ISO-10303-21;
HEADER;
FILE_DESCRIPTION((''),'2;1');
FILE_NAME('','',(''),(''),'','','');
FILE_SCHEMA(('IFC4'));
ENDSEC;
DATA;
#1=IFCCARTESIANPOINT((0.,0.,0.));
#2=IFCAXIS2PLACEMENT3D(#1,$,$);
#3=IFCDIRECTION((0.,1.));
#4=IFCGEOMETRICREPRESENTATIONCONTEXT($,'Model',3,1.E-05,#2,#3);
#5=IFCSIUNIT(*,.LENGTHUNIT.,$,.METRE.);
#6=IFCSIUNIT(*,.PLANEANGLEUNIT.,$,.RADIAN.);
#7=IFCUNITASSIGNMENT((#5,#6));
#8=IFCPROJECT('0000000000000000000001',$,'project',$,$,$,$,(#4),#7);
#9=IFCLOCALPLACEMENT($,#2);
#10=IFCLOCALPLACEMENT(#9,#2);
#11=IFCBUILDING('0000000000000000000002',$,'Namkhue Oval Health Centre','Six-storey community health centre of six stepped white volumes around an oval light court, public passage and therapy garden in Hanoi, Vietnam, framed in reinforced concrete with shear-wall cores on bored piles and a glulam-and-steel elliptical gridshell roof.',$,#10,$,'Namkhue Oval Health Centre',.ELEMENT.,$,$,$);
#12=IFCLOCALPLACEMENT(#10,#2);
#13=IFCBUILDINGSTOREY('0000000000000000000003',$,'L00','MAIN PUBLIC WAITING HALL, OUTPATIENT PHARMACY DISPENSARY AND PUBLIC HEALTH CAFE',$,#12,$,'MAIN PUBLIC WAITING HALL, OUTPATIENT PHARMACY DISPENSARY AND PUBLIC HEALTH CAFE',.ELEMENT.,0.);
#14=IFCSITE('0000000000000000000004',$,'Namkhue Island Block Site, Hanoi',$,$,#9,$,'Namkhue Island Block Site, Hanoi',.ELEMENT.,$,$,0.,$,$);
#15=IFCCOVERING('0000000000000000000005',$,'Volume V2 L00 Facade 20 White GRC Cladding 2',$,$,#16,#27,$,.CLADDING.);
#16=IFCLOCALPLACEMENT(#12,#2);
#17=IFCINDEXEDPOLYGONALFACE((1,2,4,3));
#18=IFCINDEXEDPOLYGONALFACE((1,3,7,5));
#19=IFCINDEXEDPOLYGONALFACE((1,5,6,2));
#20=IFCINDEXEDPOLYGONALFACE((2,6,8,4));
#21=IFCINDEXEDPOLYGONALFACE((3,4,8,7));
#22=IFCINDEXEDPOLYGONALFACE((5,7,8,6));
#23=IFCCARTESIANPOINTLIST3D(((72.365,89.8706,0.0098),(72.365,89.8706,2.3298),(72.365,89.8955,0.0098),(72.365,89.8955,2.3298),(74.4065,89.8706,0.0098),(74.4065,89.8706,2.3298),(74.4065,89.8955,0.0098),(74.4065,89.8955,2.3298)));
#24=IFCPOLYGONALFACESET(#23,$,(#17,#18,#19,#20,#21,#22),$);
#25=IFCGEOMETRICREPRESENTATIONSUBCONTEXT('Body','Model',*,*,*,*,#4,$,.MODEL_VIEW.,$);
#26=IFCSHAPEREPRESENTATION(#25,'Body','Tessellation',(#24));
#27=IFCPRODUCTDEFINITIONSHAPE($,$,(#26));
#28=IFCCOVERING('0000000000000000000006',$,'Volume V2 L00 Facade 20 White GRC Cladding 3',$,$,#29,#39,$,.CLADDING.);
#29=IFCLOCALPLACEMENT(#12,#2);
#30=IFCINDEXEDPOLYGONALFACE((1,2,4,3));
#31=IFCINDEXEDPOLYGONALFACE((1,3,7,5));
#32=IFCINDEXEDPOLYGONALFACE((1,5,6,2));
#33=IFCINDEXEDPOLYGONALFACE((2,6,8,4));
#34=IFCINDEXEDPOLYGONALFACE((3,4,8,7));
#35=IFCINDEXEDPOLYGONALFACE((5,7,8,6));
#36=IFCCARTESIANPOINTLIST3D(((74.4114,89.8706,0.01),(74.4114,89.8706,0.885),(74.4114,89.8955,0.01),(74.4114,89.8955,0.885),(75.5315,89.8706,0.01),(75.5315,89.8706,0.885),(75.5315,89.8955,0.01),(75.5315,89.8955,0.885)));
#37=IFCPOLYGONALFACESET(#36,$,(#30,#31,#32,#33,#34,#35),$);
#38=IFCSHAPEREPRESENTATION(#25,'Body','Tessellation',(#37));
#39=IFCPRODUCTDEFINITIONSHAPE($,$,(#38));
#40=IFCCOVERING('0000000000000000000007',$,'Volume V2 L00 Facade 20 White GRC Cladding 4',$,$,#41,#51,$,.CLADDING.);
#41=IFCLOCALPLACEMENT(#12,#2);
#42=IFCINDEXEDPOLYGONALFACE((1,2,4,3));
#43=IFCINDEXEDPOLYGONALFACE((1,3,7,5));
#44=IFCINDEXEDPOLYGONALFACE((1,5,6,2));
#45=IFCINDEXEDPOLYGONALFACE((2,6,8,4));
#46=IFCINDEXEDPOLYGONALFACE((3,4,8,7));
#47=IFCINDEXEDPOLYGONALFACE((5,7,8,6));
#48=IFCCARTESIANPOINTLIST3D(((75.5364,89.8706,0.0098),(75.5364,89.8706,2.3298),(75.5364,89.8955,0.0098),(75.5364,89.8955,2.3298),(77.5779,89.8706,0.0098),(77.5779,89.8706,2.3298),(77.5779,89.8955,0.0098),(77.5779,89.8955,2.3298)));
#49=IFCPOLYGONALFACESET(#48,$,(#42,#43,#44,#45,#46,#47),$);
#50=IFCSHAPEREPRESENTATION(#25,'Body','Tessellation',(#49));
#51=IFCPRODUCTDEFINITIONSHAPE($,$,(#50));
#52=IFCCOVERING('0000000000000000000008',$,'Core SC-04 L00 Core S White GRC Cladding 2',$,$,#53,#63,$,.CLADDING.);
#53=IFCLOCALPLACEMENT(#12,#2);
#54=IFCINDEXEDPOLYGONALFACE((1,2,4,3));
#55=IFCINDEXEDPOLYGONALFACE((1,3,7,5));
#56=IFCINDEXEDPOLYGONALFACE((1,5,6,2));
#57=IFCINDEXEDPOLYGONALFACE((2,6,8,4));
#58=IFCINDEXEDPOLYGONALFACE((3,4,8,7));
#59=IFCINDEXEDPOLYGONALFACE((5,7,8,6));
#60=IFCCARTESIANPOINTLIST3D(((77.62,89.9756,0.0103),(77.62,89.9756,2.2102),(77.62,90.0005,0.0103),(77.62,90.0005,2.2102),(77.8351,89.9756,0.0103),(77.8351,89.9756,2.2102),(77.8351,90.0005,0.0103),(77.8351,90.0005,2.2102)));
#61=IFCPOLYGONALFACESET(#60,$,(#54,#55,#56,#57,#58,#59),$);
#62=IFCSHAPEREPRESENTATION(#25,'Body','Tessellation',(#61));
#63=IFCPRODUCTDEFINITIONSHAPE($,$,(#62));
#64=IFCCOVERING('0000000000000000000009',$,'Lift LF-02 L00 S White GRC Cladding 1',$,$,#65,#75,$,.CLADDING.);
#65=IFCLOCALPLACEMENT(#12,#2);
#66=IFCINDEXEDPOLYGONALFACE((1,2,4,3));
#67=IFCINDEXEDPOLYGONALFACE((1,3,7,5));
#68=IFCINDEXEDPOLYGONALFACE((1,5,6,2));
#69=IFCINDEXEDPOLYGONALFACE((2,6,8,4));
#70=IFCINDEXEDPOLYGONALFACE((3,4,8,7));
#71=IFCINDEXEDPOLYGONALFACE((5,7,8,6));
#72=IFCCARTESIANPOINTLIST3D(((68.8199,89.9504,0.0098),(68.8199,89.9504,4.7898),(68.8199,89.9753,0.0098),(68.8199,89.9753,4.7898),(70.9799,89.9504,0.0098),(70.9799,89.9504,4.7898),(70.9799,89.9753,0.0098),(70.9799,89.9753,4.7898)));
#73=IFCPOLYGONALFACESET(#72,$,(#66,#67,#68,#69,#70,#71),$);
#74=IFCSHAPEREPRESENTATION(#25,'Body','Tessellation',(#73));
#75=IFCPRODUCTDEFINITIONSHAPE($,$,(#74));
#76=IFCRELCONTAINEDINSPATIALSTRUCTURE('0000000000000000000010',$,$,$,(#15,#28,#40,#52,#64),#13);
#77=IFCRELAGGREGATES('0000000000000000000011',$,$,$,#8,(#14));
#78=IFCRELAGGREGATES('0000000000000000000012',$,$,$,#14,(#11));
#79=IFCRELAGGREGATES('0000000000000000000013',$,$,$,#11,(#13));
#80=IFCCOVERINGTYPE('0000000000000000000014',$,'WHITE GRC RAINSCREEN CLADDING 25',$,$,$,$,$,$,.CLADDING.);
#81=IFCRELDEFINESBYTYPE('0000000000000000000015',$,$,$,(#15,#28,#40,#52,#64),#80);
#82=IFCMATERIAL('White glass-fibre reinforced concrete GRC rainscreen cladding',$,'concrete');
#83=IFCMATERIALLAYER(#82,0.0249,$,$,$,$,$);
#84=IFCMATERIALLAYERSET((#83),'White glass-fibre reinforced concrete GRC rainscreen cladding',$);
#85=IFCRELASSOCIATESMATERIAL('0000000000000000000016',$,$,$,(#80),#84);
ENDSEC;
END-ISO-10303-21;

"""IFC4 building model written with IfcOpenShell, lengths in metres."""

from ifc_helpers import new_model, si_unit, direction, frame, origin, origin_2d, place, context, subcontext, project, spatial, rectangle, extrude, material, layer, layer_set, type_object, element, save


model = new_model("IFC4")

# Units and contexts
model_context = context("Model", 3, precision=1e-05, world=origin(), true_north=direction((0.0, 1.0)))
body_context = subcontext(model_context, "Body", "Model", "MODEL_VIEW")
ifc_project = project(units=[si_unit("LENGTHUNIT", "METRE"), si_unit("PLANEANGLEUNIT", "RADIAN")], contexts=[model_context])

# Site, building, storey
site_placement = place(None, origin())
site = spatial("IfcSite", under=ifc_project, at=site_placement, Name="Namkhue Island Block Site, Hanoi", LongName="Namkhue Island Block Site, Hanoi", CompositionType="ELEMENT", RefElevation=0.0)
building_placement = place(site_placement, origin())
building = spatial("IfcBuilding", under=site, at=building_placement, Name="Namkhue Oval Health Centre", Description="Six-storey community health centre of six stepped white volumes around an oval light court, public passage and therapy garden in Hanoi, Vietnam, framed in reinforced concrete with shear-wall cores on bored piles and a glulam-and-steel elliptical gridshell roof.", LongName="Namkhue Oval Health Centre", CompositionType="ELEMENT")
storey_placement = place(building_placement, origin())
storey = spatial("IfcBuildingStorey", under=building, at=storey_placement, Name="L00", Description="MAIN PUBLIC WAITING HALL, OUTPATIENT PHARMACY DISPENSARY AND PUBLIC HEALTH CAFE", LongName="MAIN PUBLIC WAITING HALL, OUTPATIENT PHARMACY DISPENSARY AND PUBLIC HEALTH CAFE", CompositionType="ELEMENT", Elevation=0.0)

# Coverings
ifc_material_1 = material(Name="White glass-fibre reinforced concrete GRC rainscreen cladding", Category="concrete")
ifc_layer_1 = layer(ifc_material_1, 0.0249)
ifc_layer_set_1 = layer_set([ifc_layer_1], Name="White glass-fibre reinforced concrete GRC rainscreen cladding")
covering_type = type_object("IfcCoveringType", Name="WHITE GRC RAINSCREEN CLADDING 25", PredefinedType="CLADDING", material=ifc_layer_set_1)
covering_1_placement = place(storey_placement, frame((73.3857, 89.8831, 0.0098), z_axis=(0.0, 0.0, 1.0), x_axis=(1.0, 0.0, 0.0)))
element("IfcCovering", 1, at=covering_1_placement, inside=storey, type_object=covering_type, Name="Volume V2 L00 Facade 20 White GRC Cladding 2", PredefinedType="CLADDING", context=body_context, shape_type="SweptSolid", body=[
    extrude(rectangle(XDim=2.0415, YDim=0.0249, at=origin_2d()), origin(), (0.0, 0.0, 1.0), 2.3201),
])
covering_2_placement = place(storey_placement, frame((74.9714, 89.8831, 0.01), z_axis=(0.0, 0.0, 1.0), x_axis=(1.0, 0.0, 0.0)))
element("IfcCovering", 2, at=covering_2_placement, inside=storey, type_object=covering_type, Name="Volume V2 L00 Facade 20 White GRC Cladding 3", PredefinedType="CLADDING", context=body_context, shape_type="SweptSolid", body=[
    extrude(rectangle(XDim=1.1201, YDim=0.0249, at=origin_2d()), origin(), (0.0, 0.0, 1.0), 0.875),
])
covering_3_placement = place(storey_placement, frame((76.5571, 89.8831, 0.0098), z_axis=(0.0, 0.0, 1.0), x_axis=(1.0, 0.0, 0.0)))
element("IfcCovering", 3, at=covering_3_placement, inside=storey, type_object=covering_type, Name="Volume V2 L00 Facade 20 White GRC Cladding 4", PredefinedType="CLADDING", context=body_context, shape_type="SweptSolid", body=[
    extrude(rectangle(XDim=2.0415, YDim=0.0249, at=origin_2d()), origin(), (0.0, 0.0, 1.0), 2.3201),
])
covering_4_placement = place(storey_placement, frame((77.7275, 89.988, 0.0103), z_axis=(0.0, 0.0, 1.0), x_axis=(1.0, 0.0, 0.0)))
element("IfcCovering", 4, at=covering_4_placement, inside=storey, type_object=covering_type, Name="Core SC-04 L00 Core S White GRC Cladding 2", PredefinedType="CLADDING", context=body_context, shape_type="SweptSolid", body=[
    extrude(rectangle(XDim=0.2151, YDim=0.0249, at=origin_2d()), origin(), (0.0, 0.0, 1.0), 2.2),
])
covering_5_placement = place(storey_placement, frame((69.8999, 89.9629, 0.0098), z_axis=(0.0, 0.0, 1.0), x_axis=(1.0, 0.0, 0.0)))
element("IfcCovering", 5, at=covering_5_placement, inside=storey, type_object=covering_type, Name="Lift LF-02 L00 S White GRC Cladding 1", PredefinedType="CLADDING", context=body_context, shape_type="SweptSolid", body=[
    extrude(rectangle(XDim=2.1599, YDim=0.0249, at=origin_2d()), origin(), (0.0, 0.0, 1.0), 4.78),
])

save(model, "model.ifc")
